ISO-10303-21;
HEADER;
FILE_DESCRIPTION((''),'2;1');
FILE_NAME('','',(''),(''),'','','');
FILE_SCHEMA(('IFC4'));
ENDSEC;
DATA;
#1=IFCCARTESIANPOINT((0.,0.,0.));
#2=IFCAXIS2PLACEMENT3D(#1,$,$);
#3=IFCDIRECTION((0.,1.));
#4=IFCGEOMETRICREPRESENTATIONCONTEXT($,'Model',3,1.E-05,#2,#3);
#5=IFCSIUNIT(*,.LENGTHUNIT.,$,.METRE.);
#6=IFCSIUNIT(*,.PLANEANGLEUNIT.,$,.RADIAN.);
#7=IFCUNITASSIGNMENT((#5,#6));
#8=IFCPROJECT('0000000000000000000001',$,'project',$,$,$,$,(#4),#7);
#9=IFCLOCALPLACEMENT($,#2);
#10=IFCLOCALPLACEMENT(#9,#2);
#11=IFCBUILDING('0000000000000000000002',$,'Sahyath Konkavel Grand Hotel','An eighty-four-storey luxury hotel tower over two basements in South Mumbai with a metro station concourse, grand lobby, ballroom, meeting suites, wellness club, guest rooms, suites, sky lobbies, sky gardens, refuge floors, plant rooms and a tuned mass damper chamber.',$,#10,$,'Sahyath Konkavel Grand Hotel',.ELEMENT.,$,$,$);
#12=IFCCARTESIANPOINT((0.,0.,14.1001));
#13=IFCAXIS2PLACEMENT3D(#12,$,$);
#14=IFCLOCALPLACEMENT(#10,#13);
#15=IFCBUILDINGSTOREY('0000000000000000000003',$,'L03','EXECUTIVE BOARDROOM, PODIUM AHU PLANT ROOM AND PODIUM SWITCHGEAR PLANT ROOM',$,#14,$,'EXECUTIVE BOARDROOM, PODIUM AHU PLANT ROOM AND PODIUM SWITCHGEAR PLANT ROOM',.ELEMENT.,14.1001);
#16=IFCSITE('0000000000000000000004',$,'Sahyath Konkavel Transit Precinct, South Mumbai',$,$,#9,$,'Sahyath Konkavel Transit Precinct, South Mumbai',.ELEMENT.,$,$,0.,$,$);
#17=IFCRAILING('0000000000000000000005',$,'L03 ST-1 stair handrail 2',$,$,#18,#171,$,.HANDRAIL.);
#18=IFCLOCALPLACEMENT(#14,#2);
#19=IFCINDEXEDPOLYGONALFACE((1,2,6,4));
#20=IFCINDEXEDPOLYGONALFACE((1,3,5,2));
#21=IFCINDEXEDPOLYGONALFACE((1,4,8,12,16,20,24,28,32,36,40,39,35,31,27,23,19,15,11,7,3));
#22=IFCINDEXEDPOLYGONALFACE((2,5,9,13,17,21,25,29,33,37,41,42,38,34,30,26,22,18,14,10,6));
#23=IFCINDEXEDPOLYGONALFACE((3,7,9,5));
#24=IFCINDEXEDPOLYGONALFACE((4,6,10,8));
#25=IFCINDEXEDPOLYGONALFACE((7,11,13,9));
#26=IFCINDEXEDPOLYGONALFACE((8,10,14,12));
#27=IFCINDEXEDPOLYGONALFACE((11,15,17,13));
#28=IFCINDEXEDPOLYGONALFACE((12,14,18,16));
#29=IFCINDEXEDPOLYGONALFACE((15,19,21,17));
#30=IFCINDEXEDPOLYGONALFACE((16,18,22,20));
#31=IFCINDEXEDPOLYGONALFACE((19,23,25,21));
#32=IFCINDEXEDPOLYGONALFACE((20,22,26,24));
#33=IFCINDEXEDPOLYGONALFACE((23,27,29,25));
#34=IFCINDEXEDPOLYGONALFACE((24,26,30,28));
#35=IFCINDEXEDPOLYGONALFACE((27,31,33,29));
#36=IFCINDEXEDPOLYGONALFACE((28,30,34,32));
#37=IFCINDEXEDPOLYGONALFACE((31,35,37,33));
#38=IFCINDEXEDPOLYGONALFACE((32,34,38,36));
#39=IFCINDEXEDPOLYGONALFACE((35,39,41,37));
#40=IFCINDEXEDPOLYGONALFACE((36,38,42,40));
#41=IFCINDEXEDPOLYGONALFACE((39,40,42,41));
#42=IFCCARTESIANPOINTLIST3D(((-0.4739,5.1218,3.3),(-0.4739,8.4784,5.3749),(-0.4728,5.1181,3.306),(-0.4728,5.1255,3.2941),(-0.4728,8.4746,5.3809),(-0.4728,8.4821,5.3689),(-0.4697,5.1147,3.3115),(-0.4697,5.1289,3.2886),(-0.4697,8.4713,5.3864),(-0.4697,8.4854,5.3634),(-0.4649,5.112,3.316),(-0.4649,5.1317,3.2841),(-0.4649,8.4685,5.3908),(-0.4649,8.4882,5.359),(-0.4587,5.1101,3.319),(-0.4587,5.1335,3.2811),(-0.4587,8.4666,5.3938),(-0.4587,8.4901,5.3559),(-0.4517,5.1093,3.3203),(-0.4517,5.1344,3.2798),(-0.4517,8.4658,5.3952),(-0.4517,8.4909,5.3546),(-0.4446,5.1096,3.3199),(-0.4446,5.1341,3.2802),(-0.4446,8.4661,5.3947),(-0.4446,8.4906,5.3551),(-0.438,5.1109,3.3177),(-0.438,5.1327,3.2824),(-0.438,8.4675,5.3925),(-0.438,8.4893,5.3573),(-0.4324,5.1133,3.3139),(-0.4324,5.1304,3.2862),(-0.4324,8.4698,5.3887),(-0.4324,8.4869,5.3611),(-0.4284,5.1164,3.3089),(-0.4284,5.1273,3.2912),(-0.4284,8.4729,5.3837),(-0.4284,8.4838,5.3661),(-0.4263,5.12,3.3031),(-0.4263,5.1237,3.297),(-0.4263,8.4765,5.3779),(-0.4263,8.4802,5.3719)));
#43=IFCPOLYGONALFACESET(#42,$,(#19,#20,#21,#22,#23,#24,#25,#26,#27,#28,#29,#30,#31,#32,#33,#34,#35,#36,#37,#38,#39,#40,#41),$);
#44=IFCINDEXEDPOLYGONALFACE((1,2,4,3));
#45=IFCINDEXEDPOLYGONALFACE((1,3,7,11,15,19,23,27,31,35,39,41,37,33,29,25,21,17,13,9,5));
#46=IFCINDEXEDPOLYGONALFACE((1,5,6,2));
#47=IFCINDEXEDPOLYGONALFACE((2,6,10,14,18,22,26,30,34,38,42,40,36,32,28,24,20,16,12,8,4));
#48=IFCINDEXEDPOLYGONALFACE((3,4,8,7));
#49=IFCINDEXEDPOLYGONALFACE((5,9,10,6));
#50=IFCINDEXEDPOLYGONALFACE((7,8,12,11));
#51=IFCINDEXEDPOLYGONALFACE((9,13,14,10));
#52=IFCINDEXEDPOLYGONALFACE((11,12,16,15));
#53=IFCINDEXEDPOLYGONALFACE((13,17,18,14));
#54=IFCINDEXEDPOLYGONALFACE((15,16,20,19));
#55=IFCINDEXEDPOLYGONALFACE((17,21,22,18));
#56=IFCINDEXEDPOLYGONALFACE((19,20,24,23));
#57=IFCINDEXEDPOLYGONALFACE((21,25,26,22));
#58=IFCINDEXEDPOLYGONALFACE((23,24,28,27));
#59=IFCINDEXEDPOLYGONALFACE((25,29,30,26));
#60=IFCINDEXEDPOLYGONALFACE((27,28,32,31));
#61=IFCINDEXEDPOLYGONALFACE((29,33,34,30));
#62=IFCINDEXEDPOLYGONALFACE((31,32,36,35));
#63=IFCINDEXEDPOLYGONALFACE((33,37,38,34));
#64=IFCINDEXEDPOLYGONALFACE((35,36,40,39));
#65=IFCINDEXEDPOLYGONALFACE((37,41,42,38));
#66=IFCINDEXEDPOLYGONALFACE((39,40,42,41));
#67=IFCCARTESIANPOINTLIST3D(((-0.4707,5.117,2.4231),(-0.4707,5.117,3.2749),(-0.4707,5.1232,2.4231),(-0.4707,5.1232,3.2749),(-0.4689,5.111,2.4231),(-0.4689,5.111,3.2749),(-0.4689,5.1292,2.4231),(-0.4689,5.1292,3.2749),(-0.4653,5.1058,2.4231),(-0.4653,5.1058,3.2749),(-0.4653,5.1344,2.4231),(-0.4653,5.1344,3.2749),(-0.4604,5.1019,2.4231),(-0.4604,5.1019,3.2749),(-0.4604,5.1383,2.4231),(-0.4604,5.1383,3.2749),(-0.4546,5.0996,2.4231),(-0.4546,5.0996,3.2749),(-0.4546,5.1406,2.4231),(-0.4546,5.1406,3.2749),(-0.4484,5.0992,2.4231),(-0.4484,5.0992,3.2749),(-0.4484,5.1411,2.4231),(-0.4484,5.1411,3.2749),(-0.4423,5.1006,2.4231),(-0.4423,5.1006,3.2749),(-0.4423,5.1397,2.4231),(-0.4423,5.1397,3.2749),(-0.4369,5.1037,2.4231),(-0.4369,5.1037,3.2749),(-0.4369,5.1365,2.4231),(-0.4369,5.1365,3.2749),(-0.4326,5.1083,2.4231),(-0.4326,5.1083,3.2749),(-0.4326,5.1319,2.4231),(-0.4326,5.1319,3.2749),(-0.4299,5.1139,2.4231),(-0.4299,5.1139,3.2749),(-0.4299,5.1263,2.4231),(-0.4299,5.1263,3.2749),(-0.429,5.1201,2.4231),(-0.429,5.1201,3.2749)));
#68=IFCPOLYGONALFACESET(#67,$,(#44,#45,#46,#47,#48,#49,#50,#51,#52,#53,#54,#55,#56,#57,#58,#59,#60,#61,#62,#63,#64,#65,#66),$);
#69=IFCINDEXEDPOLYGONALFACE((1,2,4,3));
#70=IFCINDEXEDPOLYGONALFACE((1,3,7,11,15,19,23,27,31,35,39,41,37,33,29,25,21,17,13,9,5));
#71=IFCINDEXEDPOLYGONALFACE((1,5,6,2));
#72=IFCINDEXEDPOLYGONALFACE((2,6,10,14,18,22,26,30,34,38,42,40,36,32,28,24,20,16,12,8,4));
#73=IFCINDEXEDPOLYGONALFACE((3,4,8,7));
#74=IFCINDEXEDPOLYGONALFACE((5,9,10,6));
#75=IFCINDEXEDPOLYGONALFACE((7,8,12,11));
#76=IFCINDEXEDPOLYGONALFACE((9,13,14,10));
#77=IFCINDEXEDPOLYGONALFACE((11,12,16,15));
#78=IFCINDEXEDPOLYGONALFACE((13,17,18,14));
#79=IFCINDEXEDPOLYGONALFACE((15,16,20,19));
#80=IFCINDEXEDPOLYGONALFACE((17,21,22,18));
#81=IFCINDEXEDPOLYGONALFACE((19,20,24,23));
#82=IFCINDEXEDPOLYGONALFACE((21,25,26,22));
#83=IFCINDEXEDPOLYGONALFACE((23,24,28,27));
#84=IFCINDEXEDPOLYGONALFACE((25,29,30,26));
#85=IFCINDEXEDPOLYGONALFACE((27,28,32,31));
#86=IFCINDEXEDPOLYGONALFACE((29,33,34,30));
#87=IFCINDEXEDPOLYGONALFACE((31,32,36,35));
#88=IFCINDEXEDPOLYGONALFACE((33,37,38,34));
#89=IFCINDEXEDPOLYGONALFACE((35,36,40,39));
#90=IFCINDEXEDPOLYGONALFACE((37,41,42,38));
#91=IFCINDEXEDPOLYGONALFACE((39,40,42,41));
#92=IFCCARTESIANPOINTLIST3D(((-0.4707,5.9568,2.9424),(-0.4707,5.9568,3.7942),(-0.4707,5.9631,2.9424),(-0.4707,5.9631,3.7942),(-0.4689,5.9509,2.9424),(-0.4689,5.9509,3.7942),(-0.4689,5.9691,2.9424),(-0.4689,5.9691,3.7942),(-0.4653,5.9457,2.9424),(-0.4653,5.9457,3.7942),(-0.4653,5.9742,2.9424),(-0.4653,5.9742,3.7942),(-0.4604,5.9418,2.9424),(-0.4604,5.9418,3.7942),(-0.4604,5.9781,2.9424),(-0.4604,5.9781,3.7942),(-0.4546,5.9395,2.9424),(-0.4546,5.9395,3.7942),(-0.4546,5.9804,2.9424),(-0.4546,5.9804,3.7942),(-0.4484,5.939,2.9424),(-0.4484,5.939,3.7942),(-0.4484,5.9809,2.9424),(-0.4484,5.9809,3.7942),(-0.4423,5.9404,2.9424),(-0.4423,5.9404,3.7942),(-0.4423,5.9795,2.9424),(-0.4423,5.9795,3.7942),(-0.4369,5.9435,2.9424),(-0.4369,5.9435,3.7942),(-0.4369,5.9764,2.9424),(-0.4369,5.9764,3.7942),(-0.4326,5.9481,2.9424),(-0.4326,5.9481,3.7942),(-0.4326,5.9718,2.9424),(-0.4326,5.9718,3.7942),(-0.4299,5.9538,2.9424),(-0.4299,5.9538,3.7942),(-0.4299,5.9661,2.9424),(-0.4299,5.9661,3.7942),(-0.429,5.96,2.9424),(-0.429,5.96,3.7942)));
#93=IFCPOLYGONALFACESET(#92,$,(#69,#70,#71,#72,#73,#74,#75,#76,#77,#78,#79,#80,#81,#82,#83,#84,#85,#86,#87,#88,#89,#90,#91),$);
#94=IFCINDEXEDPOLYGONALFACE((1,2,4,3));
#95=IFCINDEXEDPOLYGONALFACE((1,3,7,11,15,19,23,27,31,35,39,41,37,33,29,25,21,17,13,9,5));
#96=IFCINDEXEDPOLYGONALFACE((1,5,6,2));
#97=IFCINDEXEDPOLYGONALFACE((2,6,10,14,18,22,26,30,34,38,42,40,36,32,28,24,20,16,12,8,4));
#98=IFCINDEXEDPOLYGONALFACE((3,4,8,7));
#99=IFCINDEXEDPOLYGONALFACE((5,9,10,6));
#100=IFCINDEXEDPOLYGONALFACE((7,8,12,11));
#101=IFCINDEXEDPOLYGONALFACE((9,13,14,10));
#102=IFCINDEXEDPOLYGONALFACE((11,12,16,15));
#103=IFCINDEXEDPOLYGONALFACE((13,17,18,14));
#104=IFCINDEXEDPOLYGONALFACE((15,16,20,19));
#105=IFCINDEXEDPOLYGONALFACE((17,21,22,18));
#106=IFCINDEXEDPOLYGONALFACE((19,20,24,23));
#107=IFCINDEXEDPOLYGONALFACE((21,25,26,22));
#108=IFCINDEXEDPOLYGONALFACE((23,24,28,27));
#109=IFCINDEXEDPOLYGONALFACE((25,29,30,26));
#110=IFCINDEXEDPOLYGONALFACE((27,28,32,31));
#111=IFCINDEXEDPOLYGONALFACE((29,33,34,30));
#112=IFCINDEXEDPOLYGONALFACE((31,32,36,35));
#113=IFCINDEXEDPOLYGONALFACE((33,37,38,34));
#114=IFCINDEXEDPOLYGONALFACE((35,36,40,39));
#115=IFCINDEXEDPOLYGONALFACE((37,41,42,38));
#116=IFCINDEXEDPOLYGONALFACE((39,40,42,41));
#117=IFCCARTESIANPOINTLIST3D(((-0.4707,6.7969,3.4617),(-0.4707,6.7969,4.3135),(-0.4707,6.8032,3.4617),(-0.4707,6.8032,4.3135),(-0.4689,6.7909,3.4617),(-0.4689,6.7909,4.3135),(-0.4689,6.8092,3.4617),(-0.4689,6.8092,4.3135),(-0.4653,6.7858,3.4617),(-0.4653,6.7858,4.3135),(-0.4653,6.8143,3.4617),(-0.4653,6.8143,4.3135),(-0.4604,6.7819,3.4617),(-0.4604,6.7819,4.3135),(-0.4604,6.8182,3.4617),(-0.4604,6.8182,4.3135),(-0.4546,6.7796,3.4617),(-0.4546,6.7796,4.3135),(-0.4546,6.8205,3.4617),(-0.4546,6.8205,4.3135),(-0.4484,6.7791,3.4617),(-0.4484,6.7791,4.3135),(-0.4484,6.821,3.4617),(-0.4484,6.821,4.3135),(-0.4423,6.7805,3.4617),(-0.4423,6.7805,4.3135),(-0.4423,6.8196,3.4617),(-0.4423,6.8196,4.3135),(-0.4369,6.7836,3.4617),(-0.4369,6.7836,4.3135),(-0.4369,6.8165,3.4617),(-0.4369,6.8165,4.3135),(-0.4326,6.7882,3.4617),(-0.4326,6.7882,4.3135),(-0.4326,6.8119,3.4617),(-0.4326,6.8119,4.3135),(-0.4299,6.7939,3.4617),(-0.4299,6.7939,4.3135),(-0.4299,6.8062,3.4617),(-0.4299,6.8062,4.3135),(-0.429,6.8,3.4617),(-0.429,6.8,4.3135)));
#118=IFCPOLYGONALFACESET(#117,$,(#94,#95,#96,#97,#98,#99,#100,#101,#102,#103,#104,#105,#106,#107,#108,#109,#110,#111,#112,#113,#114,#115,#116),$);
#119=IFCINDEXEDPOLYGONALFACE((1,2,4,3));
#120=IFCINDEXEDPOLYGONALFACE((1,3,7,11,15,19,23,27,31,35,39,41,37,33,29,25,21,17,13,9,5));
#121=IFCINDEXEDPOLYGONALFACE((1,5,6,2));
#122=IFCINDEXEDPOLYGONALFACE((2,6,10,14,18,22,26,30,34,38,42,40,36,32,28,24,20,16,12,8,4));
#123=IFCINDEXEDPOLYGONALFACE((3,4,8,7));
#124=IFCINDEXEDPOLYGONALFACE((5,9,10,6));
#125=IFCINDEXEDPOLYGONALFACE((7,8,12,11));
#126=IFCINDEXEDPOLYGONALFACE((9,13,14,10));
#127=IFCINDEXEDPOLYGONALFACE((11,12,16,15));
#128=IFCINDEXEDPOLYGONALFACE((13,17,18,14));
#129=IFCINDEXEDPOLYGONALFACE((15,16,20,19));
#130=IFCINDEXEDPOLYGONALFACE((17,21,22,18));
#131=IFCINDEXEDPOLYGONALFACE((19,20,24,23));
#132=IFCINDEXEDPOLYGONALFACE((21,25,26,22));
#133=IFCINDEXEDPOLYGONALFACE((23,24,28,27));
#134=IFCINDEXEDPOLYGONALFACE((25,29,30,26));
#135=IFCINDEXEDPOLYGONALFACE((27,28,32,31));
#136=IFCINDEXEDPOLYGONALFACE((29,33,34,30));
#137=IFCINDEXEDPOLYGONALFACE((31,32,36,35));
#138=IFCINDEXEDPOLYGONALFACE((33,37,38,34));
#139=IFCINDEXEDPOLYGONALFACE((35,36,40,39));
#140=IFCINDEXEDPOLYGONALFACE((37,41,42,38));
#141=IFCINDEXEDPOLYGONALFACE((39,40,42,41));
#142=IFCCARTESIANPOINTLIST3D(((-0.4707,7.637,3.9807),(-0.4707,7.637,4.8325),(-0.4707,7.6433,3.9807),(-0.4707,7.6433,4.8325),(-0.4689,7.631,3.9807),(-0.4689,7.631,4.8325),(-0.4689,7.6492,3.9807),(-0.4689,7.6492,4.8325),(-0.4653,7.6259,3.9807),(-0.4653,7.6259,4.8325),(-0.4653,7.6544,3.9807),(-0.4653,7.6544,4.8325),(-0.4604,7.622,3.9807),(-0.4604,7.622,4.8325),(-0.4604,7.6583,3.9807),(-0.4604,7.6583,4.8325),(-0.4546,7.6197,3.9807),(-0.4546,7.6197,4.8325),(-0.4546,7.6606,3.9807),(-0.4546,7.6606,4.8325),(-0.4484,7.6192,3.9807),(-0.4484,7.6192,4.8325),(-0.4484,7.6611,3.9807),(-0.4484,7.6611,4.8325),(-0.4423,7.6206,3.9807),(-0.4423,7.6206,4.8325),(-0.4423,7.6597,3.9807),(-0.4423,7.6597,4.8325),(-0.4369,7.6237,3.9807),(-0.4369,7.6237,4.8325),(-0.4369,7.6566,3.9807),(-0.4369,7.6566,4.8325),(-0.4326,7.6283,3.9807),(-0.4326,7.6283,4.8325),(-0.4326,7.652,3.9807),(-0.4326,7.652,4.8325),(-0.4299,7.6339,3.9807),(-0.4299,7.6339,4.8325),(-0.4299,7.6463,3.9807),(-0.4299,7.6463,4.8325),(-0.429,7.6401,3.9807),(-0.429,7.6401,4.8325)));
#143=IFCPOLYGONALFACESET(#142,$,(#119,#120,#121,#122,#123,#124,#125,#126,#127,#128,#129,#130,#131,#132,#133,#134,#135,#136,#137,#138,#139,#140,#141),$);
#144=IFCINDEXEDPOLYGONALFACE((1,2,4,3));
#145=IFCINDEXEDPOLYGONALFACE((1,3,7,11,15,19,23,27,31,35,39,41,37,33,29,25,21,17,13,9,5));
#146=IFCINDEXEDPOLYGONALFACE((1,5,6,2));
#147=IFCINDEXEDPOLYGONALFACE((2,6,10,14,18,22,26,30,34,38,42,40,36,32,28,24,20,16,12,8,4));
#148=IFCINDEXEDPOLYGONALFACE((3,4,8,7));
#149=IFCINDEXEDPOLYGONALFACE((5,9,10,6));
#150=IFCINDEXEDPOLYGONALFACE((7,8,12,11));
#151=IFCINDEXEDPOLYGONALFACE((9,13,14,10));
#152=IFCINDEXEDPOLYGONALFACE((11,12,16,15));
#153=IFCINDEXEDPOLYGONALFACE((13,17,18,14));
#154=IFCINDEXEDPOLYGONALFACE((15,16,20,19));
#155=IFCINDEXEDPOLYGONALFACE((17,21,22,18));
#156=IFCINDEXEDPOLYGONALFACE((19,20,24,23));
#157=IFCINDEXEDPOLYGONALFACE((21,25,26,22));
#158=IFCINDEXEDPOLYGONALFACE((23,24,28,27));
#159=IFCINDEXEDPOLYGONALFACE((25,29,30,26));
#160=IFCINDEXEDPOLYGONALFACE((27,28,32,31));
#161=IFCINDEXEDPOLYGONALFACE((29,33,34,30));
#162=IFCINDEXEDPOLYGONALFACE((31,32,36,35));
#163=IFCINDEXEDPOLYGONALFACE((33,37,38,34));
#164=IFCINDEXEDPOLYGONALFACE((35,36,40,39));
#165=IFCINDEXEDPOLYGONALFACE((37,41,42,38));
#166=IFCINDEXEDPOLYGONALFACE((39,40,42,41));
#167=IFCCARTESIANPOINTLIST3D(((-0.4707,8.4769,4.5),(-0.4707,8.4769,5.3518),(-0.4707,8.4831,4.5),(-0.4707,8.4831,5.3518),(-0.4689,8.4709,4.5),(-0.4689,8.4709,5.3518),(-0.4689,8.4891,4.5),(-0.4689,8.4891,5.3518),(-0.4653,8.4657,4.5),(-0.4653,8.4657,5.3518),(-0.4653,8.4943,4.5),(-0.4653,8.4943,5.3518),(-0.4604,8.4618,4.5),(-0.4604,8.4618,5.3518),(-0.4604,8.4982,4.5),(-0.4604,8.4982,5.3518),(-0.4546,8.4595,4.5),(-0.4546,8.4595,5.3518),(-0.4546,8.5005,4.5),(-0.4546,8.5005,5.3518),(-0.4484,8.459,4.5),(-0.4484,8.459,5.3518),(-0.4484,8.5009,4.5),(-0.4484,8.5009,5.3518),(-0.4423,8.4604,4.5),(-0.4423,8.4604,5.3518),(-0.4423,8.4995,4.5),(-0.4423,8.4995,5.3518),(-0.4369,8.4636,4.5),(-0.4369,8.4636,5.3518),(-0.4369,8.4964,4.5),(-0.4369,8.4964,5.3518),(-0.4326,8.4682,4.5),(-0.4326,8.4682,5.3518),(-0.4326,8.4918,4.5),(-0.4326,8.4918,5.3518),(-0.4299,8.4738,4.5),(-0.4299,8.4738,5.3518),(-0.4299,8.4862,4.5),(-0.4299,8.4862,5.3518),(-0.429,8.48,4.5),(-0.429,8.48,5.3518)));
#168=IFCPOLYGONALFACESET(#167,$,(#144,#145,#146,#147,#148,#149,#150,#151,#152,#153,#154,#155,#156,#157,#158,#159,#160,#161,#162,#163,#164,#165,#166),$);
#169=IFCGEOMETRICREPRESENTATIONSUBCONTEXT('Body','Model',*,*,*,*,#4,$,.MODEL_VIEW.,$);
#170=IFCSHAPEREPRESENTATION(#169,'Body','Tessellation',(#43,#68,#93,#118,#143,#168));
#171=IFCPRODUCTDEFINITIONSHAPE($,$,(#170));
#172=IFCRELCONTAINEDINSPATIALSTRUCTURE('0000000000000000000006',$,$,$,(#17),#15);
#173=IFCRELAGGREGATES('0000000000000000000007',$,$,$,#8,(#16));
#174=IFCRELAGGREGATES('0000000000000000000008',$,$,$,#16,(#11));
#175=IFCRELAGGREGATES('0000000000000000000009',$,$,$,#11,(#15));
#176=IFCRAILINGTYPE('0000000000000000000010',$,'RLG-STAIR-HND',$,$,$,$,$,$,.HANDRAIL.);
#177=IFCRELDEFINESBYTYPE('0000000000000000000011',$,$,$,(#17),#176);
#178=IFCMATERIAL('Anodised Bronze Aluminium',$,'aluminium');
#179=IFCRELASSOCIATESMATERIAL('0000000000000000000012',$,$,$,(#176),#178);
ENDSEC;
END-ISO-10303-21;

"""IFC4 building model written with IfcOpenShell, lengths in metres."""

from ifc_helpers import new_model, si_unit, direction, frame, origin, origin_2d, place, context, subcontext, project, spatial, circle, extrude, material, type_object, element, save


model = new_model("IFC4")

# Units and contexts
model_context = context("Model", 3, precision=1e-05, world=origin(), true_north=direction((0.0, 1.0)))
body_context = subcontext(model_context, "Body", "Model", "MODEL_VIEW")
ifc_project = project(units=[si_unit("LENGTHUNIT", "METRE"), si_unit("PLANEANGLEUNIT", "RADIAN")], contexts=[model_context])

# Site, building, storey
site_placement = place(None, origin())
site = spatial("IfcSite", under=ifc_project, at=site_placement, Name="Sahyath Konkavel Transit Precinct, South Mumbai", LongName="Sahyath Konkavel Transit Precinct, South Mumbai", CompositionType="ELEMENT", RefElevation=0.0)
building_placement = place(site_placement, origin())
building = spatial("IfcBuilding", under=site, at=building_placement, Name="Sahyath Konkavel Grand Hotel", Description="An eighty-four-storey luxury hotel tower over two basements in South Mumbai with a metro station concourse, grand lobby, ballroom, meeting suites, wellness club, guest rooms, suites, sky lobbies, sky gardens, refuge floors, plant rooms and a tuned mass damper chamber.", LongName="Sahyath Konkavel Grand Hotel", CompositionType="ELEMENT")
storey_placement = place(building_placement, frame((0.0, 0.0, 14.1001)))
storey = spatial("IfcBuildingStorey", under=building, at=storey_placement, Name="L03", Description="EXECUTIVE BOARDROOM, PODIUM AHU PLANT ROOM AND PODIUM SWITCHGEAR PLANT ROOM", LongName="EXECUTIVE BOARDROOM, PODIUM AHU PLANT ROOM AND PODIUM SWITCHGEAR PLANT ROOM", CompositionType="ELEMENT", Elevation=14.1001)

# Railing
ifc_material_1 = material(Name="Anodised Bronze Aluminium", Category="aluminium")
railing_type_1 = type_object("IfcRailingType", Name="RLG-STAIR-HND", PredefinedType="HANDRAIL", material=ifc_material_1)
railing_1_placement = place(storey_placement, frame((-0.45, 5.1201, 2.4231)))
element("IfcRailing", 1, at=railing_1_placement, inside=storey, type_object=railing_type_1, Name="L03 ST-1 stair handrail 2", PredefinedType="HANDRAIL", context=body_context, shape_type="SweptSolid", body=[
    extrude(circle(Radius=0.0239, at=origin_2d()), frame((0.0, 0.0017, 0.877), z_axis=(0.0, 0.850606, 0.525803), x_axis=(-1.0, 0.0, 0.0)), (0.0, 0.0, 1.0), 3.946),
    extrude(circle(Radius=0.021, at=origin_2d()), origin(), (0.0, 0.0, 1.0), 0.8518),
    extrude(circle(Radius=0.021, at=origin_2d()), frame((0.0, 0.8398, 0.5193)), (0.0, 0.0, 1.0), 0.8518),
    extrude(circle(Radius=0.021, at=origin_2d()), frame((0.0, 1.6799, 1.0386)), (0.0, 0.0, 1.0), 0.8518),
    extrude(circle(Radius=0.021, at=origin_2d()), frame((0.0, 2.52, 1.5576)), (0.0, 0.0, 1.0), 0.8518),
    extrude(circle(Radius=0.021, at=origin_2d()), frame((0.0, 3.3599, 2.0769)), (0.0, 0.0, 1.0), 0.8518),
])

save(model, "model.ifc")
